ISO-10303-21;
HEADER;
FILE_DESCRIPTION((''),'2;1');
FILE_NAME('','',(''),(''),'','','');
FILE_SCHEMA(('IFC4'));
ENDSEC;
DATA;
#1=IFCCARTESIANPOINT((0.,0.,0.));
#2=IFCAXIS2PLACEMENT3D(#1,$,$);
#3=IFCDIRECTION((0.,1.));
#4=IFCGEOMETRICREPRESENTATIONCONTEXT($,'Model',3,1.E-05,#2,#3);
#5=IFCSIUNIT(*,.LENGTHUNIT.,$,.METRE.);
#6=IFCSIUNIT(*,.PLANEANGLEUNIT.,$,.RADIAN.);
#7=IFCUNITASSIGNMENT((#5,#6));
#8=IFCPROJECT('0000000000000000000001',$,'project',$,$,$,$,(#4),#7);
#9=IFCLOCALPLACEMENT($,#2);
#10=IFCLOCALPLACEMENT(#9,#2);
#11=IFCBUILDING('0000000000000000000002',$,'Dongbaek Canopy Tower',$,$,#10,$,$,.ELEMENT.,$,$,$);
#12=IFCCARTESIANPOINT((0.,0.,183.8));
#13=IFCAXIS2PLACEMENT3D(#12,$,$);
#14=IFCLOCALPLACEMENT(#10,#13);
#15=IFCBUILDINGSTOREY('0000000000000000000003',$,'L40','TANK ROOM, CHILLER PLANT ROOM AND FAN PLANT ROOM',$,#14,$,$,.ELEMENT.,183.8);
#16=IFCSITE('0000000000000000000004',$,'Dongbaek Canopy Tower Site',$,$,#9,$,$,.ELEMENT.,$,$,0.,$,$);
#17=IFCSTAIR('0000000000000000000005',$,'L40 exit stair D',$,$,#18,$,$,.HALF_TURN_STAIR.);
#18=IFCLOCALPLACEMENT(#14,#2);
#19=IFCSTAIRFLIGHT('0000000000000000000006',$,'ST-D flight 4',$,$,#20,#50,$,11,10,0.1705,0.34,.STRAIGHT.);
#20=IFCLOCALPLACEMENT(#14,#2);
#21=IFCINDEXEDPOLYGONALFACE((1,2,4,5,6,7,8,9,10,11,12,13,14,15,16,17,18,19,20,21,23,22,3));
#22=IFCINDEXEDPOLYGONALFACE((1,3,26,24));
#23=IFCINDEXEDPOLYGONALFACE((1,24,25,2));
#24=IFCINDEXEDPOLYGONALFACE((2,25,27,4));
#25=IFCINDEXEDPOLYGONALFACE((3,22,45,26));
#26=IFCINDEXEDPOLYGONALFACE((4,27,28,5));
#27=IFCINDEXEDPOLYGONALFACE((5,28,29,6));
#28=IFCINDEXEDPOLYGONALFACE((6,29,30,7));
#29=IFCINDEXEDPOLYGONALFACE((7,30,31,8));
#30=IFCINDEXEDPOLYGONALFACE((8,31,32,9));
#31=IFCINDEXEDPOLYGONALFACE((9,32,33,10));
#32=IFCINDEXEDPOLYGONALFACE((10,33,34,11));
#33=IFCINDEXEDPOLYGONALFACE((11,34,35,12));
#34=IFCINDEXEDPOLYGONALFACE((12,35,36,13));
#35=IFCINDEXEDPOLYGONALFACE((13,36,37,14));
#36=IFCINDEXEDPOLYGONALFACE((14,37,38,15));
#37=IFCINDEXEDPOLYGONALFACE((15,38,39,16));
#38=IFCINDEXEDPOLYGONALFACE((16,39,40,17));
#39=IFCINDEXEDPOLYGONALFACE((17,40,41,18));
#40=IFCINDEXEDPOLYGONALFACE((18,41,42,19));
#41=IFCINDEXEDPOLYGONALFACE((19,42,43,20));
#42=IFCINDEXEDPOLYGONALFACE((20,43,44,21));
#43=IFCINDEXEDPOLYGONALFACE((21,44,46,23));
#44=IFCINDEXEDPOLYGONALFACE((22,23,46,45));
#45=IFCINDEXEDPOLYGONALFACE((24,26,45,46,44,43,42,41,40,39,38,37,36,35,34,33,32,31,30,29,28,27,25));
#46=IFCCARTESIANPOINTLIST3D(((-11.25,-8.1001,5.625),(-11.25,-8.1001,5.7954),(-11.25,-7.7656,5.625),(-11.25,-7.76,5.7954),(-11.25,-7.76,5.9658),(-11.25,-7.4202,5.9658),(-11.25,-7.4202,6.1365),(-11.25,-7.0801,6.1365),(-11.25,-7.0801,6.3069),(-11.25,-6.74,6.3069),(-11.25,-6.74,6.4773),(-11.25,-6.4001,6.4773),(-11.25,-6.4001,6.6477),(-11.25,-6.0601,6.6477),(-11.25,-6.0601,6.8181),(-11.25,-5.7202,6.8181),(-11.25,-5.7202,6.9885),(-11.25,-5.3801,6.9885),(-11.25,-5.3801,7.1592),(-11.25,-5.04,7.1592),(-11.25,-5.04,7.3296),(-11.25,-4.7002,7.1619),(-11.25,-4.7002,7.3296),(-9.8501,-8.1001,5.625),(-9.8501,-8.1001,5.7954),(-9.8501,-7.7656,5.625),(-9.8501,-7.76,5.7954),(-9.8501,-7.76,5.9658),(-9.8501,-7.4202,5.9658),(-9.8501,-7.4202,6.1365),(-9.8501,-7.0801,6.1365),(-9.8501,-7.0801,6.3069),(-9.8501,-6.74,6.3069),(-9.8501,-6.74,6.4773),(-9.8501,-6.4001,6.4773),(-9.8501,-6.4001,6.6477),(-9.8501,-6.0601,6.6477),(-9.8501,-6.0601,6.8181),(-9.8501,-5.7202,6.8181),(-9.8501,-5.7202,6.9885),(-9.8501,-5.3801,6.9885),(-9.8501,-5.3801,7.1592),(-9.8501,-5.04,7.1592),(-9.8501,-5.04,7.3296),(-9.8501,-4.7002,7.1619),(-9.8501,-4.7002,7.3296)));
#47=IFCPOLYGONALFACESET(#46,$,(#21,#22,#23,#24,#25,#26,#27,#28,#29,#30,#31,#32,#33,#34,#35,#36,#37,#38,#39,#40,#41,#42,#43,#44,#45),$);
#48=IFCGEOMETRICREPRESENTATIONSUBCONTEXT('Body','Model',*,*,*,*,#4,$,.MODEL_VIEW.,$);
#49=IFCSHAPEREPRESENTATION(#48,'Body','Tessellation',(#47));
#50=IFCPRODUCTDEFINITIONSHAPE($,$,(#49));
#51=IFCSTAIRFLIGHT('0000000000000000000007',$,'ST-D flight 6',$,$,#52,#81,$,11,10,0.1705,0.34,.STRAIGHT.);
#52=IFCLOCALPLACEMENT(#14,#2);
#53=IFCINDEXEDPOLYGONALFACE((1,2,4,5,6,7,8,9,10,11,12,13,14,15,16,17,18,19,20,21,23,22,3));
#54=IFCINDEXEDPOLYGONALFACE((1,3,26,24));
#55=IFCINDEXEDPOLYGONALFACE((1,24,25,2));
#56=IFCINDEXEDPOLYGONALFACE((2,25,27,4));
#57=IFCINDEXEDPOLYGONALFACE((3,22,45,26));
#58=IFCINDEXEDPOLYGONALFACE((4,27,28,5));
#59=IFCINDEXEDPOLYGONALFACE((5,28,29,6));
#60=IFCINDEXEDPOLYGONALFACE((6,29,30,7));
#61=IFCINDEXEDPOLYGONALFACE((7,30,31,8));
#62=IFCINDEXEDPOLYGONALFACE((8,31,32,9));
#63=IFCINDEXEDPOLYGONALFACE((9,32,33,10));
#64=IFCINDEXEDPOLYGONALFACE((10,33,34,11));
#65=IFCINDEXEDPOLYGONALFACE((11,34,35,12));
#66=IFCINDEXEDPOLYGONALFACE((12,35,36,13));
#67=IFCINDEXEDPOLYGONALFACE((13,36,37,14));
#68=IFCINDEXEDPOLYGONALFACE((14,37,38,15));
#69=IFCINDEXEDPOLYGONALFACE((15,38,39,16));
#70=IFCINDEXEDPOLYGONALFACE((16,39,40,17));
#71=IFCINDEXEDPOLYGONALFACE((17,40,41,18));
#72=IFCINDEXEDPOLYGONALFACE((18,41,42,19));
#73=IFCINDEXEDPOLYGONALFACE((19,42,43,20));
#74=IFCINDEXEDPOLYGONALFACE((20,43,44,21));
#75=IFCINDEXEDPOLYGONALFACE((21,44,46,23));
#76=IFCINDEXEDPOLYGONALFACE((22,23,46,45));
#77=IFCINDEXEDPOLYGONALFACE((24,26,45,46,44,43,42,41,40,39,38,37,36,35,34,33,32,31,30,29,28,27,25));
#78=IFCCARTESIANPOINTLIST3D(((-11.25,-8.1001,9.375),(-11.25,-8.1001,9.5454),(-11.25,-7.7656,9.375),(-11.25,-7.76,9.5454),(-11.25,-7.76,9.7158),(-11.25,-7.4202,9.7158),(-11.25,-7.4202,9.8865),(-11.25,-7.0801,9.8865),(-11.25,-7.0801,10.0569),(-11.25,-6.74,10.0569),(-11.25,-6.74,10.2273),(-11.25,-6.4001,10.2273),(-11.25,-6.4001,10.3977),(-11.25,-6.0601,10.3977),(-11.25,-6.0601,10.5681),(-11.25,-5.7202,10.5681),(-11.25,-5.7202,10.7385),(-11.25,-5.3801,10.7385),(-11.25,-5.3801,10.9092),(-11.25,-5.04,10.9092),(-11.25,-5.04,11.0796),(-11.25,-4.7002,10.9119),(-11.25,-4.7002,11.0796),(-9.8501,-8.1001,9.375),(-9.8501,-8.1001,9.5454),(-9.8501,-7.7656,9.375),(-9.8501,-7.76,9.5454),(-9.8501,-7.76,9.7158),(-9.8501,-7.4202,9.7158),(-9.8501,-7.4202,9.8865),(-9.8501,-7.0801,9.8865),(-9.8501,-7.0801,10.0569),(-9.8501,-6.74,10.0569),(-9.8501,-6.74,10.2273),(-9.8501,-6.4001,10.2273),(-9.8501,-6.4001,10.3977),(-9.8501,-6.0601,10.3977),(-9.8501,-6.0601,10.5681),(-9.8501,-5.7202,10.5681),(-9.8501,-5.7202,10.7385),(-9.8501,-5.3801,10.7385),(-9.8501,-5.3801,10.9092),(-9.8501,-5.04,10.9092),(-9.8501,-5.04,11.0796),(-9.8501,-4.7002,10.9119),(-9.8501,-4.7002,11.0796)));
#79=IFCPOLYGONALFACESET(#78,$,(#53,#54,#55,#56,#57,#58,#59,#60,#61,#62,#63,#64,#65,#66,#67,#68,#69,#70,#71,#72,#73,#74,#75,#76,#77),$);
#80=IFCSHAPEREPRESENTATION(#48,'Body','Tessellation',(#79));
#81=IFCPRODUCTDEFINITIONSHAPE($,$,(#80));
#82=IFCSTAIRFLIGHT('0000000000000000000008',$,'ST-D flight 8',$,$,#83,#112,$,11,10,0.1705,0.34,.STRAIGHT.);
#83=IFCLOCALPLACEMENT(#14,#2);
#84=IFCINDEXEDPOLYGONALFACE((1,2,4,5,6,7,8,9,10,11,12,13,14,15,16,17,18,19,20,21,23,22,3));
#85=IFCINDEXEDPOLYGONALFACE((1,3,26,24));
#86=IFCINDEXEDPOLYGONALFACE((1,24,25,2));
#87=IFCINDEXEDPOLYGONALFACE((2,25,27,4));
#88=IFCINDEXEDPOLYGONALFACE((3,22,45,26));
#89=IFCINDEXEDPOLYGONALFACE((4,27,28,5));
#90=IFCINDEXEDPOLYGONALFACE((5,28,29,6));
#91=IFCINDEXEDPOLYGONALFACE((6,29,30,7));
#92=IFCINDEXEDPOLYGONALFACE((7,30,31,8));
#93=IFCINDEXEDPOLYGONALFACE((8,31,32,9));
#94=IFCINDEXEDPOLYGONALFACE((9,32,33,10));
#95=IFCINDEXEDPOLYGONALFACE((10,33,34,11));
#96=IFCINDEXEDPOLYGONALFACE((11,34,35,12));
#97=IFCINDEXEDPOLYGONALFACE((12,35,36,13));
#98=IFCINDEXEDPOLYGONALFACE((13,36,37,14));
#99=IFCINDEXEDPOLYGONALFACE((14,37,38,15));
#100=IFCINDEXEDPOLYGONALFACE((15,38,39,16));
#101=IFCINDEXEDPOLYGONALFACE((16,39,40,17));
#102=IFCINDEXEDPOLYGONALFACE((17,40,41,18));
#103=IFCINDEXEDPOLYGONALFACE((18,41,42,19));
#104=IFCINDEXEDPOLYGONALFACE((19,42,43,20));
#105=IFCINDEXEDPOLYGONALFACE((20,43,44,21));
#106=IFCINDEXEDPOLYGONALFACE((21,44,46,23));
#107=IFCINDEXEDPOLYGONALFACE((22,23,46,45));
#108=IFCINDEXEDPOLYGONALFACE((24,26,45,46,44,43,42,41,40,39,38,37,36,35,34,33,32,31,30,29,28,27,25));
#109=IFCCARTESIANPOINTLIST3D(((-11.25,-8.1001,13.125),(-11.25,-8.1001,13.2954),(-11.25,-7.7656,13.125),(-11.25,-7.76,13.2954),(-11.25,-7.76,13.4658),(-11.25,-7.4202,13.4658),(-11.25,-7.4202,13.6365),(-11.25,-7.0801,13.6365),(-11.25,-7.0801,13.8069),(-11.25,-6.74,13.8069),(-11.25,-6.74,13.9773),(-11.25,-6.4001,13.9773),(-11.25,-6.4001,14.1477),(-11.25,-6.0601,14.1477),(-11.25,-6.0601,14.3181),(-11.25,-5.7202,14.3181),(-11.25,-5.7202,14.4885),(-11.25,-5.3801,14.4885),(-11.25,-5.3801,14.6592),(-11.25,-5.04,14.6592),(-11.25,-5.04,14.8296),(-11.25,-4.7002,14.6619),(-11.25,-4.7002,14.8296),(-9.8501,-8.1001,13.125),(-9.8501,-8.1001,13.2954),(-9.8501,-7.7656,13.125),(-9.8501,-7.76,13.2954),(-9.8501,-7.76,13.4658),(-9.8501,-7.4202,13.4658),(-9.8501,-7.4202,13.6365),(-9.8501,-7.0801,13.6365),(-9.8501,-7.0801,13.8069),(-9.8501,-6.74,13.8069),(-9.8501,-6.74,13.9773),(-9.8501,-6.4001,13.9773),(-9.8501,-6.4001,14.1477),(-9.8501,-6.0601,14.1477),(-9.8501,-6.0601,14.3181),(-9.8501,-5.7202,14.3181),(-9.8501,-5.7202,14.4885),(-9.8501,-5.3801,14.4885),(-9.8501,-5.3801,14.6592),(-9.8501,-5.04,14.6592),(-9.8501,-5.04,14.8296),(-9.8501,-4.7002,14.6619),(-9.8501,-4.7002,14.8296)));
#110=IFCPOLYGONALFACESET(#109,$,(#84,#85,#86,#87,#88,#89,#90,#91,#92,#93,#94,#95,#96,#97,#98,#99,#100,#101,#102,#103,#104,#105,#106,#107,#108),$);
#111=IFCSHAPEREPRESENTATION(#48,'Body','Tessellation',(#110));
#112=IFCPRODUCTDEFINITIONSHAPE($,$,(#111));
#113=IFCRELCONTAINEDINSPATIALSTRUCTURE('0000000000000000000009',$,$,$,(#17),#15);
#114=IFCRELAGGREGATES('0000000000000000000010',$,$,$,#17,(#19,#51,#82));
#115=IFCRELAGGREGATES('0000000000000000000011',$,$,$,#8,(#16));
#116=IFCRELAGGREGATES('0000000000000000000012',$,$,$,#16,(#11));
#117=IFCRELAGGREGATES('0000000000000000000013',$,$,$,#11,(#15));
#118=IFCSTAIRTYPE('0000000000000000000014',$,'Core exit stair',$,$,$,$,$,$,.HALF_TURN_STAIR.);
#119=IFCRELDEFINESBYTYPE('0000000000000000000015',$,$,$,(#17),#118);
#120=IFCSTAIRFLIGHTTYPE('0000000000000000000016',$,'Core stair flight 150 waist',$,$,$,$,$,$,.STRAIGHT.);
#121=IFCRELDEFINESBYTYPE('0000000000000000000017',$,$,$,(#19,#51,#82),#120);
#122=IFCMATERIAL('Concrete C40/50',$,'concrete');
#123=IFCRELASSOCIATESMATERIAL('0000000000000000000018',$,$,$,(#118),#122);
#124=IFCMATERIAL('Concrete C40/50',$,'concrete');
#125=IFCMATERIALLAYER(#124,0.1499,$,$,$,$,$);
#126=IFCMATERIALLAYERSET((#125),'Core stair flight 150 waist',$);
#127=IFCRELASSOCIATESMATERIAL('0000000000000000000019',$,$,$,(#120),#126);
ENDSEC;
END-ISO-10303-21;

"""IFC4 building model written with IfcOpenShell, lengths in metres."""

from ifc_helpers import new_model, si_unit, direction, frame, origin, place, context, subcontext, project, spatial, polyline, outline, extrude, material, layer, layer_set, type_object, element, aggregate, save


model = new_model("IFC4")

# Units and contexts
model_context = context("Model", 3, precision=1e-05, world=origin(), true_north=direction((0.0, 1.0)))
body_context = subcontext(model_context, "Body", "Model", "MODEL_VIEW")
ifc_project = project(units=[si_unit("LENGTHUNIT", "METRE"), si_unit("PLANEANGLEUNIT", "RADIAN")], contexts=[model_context])

# Site, building, storey
site_placement = place(None, origin())
site = spatial("IfcSite", under=ifc_project, at=site_placement, Name="Dongbaek Canopy Tower Site", CompositionType="ELEMENT", RefElevation=0.0)
building_placement = place(site_placement, origin())
building = spatial("IfcBuilding", under=site, at=building_placement, Name="Dongbaek Canopy Tower", CompositionType="ELEMENT")
storey_placement = place(building_placement, frame((0.0, 0.0, 183.8)))
storey = spatial("IfcBuildingStorey", under=building, at=storey_placement, Name="L40", Description="TANK ROOM, CHILLER PLANT ROOM AND FAN PLANT ROOM", CompositionType="ELEMENT", Elevation=183.8)

# Stair, stair flights
ifc_material_1 = material(Name="Concrete C40/50", Category="concrete")
stair_type = type_object("IfcStairType", Name="Core exit stair", PredefinedType="HALF_TURN_STAIR", material=ifc_material_1)
stair_placement = place(storey_placement, origin())
stair = element("IfcStair", 1, at=stair_placement, inside=storey, type_object=stair_type, Name="L40 exit stair D", PredefinedType="HALF_TURN_STAIR")
ifc_material_2 = material(Name="Concrete C40/50", Category="concrete")
ifc_layer_1 = layer(ifc_material_2, 0.1499)
ifc_layer_set_1 = layer_set([ifc_layer_1], Name="Core stair flight 150 waist")
stair_flight_type = type_object("IfcStairFlightType", Name="Core stair flight 150 waist", PredefinedType="STRAIGHT", material=ifc_layer_set_1)
stair_flight_1_placement = place(storey_placement, frame((-10.55, -8.1001, 5.625), z_axis=(0.0, 0.0, 1.0), x_axis=(0.0, 1.0, 0.0)))
stair_flight_1 = element("IfcStairFlight", 2, at=stair_flight_1_placement, type_object=stair_flight_type, Name="ST-D flight 4", NumberOfRisers=11, NumberOfTreads=10, PredefinedType="STRAIGHT", RiserHeight=0.1705, TreadLength=0.34, context=body_context, shape_type="SweptSolid", body=[
    extrude(outline(polyline([(0.0, 0.0), (0.0, 0.1704), (0.3401, 0.1704), (0.3401, 0.3408), (0.6799, 0.3408), (0.6799, 0.5115), (1.02, 0.5115), (1.02, 0.6819), (1.3601, 0.6819), (1.3601, 0.8523), (1.7, 0.8523), (1.7, 1.0227), (2.04, 1.0227), (2.04, 1.1931), (2.3799, 1.1931), (2.3799, 1.3635), (2.72, 1.3635), (2.72, 1.5342), (3.0601, 1.5342), (3.0601, 1.7046), (3.3999, 1.7046), (3.3999, 1.875), (3.3999, 1.5369), (0.3345, 0.0), (0.0, 0.0)])), frame((0.0, 0.7, 0.0), z_axis=(0.0, -1.0, 0.0), x_axis=(1.0, 0.0, 0.0)), (0.0, 0.0, 1.0), 1.3999),
])
stair_flight_2_placement = place(storey_placement, frame((-10.55, -8.1001, 9.375), z_axis=(0.0, 0.0, 1.0), x_axis=(0.0, 1.0, 0.0)))
stair_flight_2 = element("IfcStairFlight", 3, at=stair_flight_2_placement, type_object=stair_flight_type, Name="ST-D flight 6", NumberOfRisers=11, NumberOfTreads=10, PredefinedType="STRAIGHT", RiserHeight=0.1705, TreadLength=0.34, context=body_context, shape_type="SweptSolid", body=[
    extrude(outline(polyline([(0.0, 0.0), (0.0, 0.1704), (0.3401, 0.1704), (0.3401, 0.3408), (0.6799, 0.3408), (0.6799, 0.5115), (1.02, 0.5115), (1.02, 0.6819), (1.3601, 0.6819), (1.3601, 0.8523), (1.7, 0.8523), (1.7, 1.0227), (2.04, 1.0227), (2.04, 1.1931), (2.3799, 1.1931), (2.3799, 1.3635), (2.72, 1.3635), (2.72, 1.5342), (3.0601, 1.5342), (3.0601, 1.7046), (3.3999, 1.7046), (3.3999, 1.875), (3.3999, 1.5369), (0.3345, 0.0), (0.0, 0.0)])), frame((0.0, 0.7, 0.0), z_axis=(0.0, -1.0, 0.0), x_axis=(1.0, 0.0, 0.0)), (0.0, 0.0, 1.0), 1.3999),
])
stair_flight_3_placement = place(storey_placement, frame((-10.55, -8.1001, 13.125), z_axis=(0.0, 0.0, 1.0), x_axis=(0.0, 1.0, 0.0)))
stair_flight_3 = element("IfcStairFlight", 4, at=stair_flight_3_placement, type_object=stair_flight_type, Name="ST-D flight 8", NumberOfRisers=11, NumberOfTreads=10, PredefinedType="STRAIGHT", RiserHeight=0.1705, TreadLength=0.34, context=body_context, shape_type="SweptSolid", body=[
    extrude(outline(polyline([(0.0, 0.0), (0.0, 0.1704), (0.3401, 0.1704), (0.3401, 0.3408), (0.6799, 0.3408), (0.6799, 0.5115), (1.02, 0.5115), (1.02, 0.6819), (1.3601, 0.6819), (1.3601, 0.8523), (1.7, 0.8523), (1.7, 1.0227), (2.04, 1.0227), (2.04, 1.1931), (2.3799, 1.1931), (2.3799, 1.3635), (2.72, 1.3635), (2.72, 1.5342), (3.0601, 1.5342), (3.0601, 1.7046), (3.3999, 1.7046), (3.3999, 1.875), (3.3999, 1.5369), (0.3345, 0.0), (0.0, 0.0)])), frame((0.0, 0.7, 0.0), z_axis=(0.0, -1.0, 0.0), x_axis=(1.0, 0.0, 0.0)), (0.0, 0.0, 1.0), 1.3999),
])
aggregate(stair, [stair_flight_1, stair_flight_2, stair_flight_3])

save(model, "model.ifc")
